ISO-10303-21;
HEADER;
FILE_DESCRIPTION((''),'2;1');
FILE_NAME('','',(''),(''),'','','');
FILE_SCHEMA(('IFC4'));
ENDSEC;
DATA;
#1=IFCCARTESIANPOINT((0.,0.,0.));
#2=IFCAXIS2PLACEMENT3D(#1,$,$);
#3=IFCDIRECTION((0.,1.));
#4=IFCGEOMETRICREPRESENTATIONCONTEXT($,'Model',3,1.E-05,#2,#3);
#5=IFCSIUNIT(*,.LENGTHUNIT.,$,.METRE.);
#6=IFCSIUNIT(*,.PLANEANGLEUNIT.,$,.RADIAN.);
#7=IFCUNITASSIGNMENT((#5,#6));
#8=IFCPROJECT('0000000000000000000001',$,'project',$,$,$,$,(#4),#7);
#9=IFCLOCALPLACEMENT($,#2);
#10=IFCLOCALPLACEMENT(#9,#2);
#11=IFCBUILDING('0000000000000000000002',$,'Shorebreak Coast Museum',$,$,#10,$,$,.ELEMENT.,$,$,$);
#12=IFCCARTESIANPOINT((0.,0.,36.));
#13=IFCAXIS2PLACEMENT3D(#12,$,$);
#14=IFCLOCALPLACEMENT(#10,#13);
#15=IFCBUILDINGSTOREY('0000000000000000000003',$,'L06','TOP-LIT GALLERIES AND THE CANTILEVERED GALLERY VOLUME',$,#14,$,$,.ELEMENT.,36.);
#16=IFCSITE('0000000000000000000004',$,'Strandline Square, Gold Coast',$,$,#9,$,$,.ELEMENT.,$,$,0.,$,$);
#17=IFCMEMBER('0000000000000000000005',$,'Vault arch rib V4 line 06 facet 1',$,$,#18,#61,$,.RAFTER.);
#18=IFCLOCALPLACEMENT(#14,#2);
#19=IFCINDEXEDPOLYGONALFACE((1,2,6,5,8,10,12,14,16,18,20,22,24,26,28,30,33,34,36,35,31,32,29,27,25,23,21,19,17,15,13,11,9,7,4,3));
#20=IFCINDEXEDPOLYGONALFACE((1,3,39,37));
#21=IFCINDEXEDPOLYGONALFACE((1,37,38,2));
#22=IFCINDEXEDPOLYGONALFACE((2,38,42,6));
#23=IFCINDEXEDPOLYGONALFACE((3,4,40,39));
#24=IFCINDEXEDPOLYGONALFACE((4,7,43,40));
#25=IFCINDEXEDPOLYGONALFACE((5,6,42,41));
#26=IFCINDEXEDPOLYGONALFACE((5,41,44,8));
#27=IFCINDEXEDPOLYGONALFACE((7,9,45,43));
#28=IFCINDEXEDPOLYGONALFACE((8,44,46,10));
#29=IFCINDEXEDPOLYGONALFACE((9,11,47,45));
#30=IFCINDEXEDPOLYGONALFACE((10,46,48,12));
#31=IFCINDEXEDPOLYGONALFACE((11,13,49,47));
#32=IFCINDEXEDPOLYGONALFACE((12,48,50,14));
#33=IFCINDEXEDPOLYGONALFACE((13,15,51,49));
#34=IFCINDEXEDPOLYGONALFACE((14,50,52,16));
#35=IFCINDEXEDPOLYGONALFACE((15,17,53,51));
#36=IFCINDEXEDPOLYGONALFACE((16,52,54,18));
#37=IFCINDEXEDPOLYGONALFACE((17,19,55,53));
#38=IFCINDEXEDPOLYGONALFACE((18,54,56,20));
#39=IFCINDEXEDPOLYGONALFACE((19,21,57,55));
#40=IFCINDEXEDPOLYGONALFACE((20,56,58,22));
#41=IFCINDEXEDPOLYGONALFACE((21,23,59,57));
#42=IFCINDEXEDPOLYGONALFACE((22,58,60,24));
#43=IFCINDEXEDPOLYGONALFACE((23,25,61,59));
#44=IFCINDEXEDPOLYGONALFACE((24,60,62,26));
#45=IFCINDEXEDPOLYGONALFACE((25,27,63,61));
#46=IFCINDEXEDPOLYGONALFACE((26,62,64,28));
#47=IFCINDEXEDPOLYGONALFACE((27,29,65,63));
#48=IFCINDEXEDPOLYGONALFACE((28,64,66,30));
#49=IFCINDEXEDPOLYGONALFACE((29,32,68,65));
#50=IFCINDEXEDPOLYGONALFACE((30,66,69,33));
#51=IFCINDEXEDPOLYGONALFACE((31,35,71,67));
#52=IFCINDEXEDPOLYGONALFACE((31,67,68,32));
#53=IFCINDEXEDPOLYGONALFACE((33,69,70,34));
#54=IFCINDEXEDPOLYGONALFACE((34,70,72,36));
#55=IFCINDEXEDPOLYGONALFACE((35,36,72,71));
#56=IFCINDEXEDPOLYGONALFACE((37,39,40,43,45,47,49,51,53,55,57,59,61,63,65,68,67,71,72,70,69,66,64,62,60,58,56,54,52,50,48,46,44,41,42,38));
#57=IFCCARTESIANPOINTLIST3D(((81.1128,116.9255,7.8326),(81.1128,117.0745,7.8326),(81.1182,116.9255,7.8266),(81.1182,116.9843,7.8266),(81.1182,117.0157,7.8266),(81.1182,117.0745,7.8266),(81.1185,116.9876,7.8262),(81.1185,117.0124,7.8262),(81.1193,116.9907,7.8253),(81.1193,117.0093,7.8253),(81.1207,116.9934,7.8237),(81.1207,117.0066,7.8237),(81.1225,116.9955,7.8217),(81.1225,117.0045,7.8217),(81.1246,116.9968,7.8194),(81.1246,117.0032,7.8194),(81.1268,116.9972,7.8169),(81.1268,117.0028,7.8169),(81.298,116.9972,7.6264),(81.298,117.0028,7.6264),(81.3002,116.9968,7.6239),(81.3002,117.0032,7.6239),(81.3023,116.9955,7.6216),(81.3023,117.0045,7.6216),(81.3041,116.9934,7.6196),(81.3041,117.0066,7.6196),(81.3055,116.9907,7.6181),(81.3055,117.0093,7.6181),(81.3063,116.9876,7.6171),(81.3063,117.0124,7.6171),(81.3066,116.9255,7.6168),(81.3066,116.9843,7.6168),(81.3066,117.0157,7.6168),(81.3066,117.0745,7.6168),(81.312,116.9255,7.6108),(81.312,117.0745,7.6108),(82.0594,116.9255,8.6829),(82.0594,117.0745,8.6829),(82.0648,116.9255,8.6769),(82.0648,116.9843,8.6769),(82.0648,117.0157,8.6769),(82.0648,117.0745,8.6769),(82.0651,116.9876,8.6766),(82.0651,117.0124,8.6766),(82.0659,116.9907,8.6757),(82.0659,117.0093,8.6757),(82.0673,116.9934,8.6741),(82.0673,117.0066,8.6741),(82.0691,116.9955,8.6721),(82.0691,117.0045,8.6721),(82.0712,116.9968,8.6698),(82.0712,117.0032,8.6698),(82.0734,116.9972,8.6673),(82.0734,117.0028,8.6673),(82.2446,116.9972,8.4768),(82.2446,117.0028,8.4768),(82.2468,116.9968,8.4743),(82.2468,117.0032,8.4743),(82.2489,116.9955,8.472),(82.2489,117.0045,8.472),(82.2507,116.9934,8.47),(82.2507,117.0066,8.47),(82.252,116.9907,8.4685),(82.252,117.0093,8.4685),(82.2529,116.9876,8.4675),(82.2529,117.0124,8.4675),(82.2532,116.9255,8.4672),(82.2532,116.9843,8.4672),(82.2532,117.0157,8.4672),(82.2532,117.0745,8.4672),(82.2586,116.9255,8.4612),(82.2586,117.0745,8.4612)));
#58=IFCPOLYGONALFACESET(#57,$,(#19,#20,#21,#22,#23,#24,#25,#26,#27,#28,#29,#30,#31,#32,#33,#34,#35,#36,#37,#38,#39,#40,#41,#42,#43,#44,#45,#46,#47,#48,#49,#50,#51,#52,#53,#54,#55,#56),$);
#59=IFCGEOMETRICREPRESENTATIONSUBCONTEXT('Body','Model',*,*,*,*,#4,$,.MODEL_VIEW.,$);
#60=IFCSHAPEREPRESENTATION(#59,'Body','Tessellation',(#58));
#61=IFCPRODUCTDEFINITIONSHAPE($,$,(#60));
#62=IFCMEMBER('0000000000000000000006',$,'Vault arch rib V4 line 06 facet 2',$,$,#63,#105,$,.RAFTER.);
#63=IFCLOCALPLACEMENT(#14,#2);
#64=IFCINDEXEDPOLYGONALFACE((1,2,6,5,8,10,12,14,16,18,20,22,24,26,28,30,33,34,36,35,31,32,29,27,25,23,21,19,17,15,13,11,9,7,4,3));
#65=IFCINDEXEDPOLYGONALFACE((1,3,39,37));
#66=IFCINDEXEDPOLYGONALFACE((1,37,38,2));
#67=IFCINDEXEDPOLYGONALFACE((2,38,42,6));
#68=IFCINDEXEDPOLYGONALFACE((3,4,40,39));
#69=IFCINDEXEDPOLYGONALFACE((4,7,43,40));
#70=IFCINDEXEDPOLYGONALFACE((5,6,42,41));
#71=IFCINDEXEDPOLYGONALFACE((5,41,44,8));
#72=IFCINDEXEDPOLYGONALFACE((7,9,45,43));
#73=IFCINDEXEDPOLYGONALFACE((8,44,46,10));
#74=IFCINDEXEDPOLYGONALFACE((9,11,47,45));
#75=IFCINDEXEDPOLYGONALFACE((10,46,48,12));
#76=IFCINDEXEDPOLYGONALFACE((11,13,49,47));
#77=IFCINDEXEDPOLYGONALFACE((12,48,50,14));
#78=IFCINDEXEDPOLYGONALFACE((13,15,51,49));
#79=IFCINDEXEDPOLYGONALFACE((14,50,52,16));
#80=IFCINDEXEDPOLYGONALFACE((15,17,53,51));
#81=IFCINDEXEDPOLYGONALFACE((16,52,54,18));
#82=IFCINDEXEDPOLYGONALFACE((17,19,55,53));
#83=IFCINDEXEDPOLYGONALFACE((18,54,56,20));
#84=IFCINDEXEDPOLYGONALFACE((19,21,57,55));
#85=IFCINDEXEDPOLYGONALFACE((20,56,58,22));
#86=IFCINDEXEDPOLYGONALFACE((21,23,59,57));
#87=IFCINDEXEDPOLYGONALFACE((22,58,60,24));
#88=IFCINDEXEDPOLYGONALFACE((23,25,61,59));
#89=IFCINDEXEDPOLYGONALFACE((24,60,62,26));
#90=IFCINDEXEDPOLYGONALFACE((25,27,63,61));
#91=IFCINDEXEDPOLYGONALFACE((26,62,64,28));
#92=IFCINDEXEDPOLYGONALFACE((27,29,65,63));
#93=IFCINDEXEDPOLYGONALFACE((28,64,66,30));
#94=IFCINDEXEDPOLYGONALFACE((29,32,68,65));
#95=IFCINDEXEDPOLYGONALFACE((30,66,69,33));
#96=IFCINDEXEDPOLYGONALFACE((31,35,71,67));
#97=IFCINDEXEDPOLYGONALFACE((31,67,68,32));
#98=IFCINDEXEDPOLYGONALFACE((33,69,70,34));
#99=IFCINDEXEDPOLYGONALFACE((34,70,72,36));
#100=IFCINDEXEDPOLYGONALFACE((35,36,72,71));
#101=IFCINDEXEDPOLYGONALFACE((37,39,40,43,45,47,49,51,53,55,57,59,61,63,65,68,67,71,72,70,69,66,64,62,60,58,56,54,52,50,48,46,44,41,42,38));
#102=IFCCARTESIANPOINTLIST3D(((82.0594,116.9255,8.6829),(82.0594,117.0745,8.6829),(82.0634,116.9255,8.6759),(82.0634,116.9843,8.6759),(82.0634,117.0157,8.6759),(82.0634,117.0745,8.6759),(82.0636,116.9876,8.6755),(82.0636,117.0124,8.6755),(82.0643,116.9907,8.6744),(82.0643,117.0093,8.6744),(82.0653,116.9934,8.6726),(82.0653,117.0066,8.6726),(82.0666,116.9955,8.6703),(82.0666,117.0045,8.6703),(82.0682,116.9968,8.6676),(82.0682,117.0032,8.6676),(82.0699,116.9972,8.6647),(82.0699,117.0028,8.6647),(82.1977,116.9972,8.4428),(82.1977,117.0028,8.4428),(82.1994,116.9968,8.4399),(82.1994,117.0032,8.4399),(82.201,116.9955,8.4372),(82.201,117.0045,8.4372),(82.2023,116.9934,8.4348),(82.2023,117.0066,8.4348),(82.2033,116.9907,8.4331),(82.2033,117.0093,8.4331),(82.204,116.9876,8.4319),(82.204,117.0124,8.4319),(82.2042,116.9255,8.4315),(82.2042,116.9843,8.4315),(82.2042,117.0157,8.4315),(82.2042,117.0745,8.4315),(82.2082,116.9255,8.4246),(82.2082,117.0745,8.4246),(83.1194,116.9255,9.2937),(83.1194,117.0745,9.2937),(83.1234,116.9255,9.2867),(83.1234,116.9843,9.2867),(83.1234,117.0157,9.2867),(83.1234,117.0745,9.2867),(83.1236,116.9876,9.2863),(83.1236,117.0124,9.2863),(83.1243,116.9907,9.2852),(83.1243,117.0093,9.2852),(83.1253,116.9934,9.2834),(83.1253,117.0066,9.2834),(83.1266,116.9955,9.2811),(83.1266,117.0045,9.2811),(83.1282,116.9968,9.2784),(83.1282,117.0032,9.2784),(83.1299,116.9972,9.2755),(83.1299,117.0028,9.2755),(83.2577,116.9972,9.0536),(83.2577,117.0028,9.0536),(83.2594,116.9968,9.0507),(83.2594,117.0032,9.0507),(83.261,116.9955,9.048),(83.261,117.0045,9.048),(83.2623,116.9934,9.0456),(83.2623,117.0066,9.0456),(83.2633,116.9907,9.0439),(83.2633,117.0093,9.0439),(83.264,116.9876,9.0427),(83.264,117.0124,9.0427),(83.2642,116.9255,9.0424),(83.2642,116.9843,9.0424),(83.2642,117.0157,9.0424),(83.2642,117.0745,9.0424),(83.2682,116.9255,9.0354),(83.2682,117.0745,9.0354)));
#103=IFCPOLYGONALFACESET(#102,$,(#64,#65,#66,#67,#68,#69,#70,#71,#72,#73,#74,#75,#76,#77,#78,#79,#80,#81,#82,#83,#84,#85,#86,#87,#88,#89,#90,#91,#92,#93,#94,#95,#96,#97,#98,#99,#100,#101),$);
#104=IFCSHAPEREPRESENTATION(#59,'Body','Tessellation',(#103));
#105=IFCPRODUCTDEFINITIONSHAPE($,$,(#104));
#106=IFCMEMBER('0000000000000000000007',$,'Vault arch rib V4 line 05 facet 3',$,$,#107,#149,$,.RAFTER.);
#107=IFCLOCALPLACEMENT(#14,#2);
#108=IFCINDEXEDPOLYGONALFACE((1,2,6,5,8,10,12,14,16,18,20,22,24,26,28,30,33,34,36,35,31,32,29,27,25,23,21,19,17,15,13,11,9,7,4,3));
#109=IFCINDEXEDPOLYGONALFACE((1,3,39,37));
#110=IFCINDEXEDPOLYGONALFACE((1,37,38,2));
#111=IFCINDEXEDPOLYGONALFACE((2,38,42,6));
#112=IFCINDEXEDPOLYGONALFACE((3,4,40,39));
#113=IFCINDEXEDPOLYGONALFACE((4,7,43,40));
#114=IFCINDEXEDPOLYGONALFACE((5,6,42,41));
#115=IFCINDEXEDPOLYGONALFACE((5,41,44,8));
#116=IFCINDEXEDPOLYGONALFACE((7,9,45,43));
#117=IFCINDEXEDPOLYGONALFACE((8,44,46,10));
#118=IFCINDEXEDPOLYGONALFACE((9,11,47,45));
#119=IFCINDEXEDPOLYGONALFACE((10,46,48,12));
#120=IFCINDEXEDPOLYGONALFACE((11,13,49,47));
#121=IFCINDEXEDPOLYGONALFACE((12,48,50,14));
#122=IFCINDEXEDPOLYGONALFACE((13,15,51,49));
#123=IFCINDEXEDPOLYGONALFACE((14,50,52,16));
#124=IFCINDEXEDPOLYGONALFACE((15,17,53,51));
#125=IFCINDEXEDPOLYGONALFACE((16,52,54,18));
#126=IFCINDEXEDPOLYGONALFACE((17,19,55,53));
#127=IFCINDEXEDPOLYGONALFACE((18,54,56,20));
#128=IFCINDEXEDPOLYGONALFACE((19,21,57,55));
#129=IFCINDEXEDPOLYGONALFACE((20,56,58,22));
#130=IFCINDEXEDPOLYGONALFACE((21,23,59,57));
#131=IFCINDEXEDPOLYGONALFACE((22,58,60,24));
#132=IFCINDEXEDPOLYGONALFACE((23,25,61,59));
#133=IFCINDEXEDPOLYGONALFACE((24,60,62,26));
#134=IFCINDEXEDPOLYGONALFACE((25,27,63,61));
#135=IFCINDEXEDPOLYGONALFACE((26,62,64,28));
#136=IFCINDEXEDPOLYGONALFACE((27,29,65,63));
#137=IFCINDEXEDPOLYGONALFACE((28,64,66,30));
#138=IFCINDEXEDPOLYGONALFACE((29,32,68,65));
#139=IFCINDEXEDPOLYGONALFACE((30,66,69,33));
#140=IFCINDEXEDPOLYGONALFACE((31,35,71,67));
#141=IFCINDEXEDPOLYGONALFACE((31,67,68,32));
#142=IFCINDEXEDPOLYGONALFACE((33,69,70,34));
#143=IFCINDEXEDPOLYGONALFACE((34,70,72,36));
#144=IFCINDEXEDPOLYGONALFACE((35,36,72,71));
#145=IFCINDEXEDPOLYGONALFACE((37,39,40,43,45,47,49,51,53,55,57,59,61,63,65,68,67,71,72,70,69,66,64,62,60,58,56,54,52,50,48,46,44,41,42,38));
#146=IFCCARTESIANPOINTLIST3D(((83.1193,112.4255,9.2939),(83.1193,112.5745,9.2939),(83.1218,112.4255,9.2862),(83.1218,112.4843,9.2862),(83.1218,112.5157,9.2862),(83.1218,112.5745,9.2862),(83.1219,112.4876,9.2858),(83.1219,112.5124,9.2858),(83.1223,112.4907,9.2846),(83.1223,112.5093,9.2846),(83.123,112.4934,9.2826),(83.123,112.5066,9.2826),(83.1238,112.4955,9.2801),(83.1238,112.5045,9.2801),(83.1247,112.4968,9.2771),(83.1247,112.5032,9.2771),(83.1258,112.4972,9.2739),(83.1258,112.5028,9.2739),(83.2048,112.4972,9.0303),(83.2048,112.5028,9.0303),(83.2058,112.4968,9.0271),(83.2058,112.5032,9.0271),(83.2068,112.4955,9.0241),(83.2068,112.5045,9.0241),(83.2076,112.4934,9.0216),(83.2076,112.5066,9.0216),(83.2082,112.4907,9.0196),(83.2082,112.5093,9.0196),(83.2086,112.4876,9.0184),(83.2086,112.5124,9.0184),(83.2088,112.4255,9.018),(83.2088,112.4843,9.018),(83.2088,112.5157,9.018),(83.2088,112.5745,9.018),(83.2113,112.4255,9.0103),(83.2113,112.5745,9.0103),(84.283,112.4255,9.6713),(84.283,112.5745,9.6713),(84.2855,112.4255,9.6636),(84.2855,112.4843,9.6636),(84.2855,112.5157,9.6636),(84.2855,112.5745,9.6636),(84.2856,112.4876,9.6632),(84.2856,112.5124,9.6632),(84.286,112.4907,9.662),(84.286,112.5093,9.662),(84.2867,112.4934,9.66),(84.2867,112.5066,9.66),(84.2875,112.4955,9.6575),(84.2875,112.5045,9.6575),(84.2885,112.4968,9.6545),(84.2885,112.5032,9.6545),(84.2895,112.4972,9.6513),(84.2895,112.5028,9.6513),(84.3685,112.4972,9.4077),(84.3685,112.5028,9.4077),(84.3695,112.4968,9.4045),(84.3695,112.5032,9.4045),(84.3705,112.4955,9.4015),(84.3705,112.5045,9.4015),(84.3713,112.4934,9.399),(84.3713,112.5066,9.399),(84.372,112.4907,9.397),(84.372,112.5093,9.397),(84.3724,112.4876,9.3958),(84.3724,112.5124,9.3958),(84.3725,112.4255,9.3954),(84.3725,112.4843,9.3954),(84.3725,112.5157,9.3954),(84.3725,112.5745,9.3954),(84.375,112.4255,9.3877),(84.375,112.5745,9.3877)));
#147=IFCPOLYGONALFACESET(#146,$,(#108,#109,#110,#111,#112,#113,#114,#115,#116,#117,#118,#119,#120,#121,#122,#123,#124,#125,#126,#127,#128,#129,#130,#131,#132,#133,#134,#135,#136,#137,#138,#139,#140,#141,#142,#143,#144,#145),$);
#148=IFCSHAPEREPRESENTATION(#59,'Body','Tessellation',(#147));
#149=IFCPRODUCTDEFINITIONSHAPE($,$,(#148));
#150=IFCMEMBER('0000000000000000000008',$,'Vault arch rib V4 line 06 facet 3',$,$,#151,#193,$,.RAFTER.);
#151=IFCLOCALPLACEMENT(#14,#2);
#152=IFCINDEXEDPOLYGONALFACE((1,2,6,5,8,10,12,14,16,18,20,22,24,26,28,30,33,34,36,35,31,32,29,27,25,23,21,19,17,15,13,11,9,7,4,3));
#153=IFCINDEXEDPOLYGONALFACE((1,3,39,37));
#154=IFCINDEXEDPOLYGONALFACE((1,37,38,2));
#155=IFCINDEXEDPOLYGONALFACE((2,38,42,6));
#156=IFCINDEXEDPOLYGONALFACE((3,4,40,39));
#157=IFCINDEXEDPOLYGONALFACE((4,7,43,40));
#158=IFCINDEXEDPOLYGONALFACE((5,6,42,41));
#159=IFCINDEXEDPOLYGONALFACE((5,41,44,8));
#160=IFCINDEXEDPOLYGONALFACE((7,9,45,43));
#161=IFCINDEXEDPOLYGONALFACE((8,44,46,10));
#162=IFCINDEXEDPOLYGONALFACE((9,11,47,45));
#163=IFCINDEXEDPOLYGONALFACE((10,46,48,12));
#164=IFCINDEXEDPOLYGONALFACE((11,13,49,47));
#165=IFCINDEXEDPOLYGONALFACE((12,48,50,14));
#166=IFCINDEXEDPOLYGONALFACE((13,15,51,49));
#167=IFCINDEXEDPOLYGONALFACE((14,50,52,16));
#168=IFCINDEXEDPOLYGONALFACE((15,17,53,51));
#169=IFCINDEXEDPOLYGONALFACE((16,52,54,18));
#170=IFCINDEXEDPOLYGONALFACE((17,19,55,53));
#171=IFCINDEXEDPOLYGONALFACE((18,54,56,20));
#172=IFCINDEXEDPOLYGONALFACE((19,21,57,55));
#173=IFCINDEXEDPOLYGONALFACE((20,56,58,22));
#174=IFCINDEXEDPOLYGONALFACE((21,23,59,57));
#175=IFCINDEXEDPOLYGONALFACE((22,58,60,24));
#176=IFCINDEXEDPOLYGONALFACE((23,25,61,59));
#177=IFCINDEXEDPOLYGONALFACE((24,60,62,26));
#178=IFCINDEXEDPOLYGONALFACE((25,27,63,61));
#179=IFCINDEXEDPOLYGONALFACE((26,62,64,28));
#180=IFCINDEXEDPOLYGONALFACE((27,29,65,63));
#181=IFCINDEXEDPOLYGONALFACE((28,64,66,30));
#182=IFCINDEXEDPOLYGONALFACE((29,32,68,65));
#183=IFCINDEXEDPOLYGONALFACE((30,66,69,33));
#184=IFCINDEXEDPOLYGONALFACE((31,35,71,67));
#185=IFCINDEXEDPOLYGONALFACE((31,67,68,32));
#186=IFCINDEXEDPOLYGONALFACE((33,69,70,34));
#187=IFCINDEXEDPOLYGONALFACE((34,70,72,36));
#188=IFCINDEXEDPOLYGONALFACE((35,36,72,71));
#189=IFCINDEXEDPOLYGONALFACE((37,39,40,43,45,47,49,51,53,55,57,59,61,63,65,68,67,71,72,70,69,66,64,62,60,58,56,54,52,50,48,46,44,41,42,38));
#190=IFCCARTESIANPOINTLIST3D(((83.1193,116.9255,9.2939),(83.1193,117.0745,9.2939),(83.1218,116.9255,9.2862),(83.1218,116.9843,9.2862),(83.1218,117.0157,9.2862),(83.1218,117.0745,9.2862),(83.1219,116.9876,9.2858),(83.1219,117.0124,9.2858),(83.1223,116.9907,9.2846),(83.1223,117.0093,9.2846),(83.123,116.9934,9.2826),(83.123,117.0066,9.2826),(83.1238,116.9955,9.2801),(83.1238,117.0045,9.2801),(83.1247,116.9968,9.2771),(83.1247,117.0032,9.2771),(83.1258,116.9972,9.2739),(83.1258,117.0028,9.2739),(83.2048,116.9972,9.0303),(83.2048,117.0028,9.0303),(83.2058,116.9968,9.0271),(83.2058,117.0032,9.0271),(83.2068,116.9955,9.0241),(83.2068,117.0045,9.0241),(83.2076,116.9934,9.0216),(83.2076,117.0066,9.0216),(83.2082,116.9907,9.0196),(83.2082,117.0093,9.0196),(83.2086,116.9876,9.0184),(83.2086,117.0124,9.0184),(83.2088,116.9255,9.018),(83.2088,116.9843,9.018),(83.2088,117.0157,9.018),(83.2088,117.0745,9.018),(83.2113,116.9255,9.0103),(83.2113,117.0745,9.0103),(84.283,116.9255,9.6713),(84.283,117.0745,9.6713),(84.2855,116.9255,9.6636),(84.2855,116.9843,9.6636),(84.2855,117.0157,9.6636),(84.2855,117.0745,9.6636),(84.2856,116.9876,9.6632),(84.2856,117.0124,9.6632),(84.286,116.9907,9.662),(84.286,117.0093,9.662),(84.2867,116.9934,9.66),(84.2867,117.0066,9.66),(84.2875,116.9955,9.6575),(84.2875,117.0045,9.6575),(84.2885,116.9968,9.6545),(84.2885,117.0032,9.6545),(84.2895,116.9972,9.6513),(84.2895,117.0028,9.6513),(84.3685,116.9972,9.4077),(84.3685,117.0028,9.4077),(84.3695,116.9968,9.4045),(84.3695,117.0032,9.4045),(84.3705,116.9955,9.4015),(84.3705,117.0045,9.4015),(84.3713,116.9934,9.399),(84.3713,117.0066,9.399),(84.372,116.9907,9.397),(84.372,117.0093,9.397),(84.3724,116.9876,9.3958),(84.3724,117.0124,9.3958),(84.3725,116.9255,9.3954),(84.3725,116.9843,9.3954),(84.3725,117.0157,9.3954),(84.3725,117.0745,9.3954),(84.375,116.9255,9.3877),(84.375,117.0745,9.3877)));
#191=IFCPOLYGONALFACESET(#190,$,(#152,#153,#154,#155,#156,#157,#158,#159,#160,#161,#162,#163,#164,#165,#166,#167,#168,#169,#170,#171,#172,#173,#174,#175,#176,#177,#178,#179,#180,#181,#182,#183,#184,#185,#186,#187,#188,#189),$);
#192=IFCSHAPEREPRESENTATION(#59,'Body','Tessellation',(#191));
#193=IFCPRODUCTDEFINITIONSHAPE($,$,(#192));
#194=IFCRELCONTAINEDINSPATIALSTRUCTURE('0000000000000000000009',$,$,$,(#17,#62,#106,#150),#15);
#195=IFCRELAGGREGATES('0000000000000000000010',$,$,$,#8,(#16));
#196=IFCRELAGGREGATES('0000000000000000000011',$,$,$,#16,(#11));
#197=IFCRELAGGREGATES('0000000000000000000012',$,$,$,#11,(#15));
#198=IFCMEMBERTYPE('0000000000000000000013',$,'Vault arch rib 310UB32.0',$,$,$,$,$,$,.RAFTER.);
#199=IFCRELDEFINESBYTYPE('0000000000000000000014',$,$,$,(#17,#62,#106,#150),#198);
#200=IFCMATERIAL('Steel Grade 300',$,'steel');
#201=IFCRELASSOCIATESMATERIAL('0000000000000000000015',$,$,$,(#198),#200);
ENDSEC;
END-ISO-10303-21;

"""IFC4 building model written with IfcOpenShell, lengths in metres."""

from ifc_helpers import new_model, si_unit, direction, frame, origin, origin_2d, place, context, subcontext, project, spatial, i_section, extrude, material, material_profile, profile_set, type_object, element, save


model = new_model("IFC4")

# Units and contexts
model_context = context("Model", 3, precision=1e-05, world=origin(), true_north=direction((0.0, 1.0)))
body_context = subcontext(model_context, "Body", "Model", "MODEL_VIEW")
ifc_project = project(units=[si_unit("LENGTHUNIT", "METRE"), si_unit("PLANEANGLEUNIT", "RADIAN")], contexts=[model_context])

# Site, building, storey
site_placement = place(None, origin())
site = spatial("IfcSite", under=ifc_project, at=site_placement, Name="Strandline Square, Gold Coast", CompositionType="ELEMENT", RefElevation=0.0)
building_placement = place(site_placement, origin())
building = spatial("IfcBuilding", under=site, at=building_placement, Name="Shorebreak Coast Museum", CompositionType="ELEMENT")
storey_placement = place(building_placement, frame((0.0, 0.0, 36.0)))
storey = spatial("IfcBuildingStorey", under=building, at=storey_placement, Name="L06", Description="TOP-LIT GALLERIES AND THE CANTILEVERED GALLERY VOLUME", CompositionType="ELEMENT", Elevation=36.0)

# Members
ifc_material_1 = material(Name="Steel Grade 300", Category="steel")
ifc_material_profile_1 = material_profile(ifc_material_1, i_section(OverallWidth=0.1489, OverallDepth=0.2981, WebThickness=0.0056, FlangeThickness=0.0081, FilletRadius=0.0129, at=origin_2d()), Name="310UB32.0")
ifc_profile_set_1 = profile_set([ifc_material_profile_1], Name="Steel Grade 300")
member_type_1 = type_object("IfcMemberType", Name="Vault arch rib 310UB32.0", PredefinedType="RAFTER", material=ifc_profile_set_1)
for number, where, z_axis, x_axis, name in (
    (1, (81.2124, 117.0, 7.7217), (0.743895, 0.0, 0.668297), (0.0, 1.0, 0.0), "Vault arch rib V4 line 06 facet 1"),
):
    element("IfcMember", number, at=place(storey_placement, frame(where, z_axis=z_axis, x_axis=x_axis)), inside=storey, type_object=member_type_1, Name=name, PredefinedType="RAFTER", context=body_context, shape_type="SweptSolid", body=[
        extrude(i_section(OverallWidth=0.1489, OverallDepth=0.2981, WebThickness=0.0056, FlangeThickness=0.0081, FilletRadius=0.0129, at=origin_2d()), origin(), (0.0, 0.0, 1.0), 1.2725),
    ])
for number, where, z_axis, x_axis, name in (
    (2, (82.1338, 117.0, 8.5537), (0.866445, 0.0, 0.499273), (0.0, 1.0, 0.0), "Vault arch rib V4 line 06 facet 2"),
    (3, (83.1653, 112.5, 9.1521), (0.951226, 0.0, 0.308495), (0.0, 1.0, 0.0), "Vault arch rib V4 line 05 facet 3"),
    (4, (83.1653, 117.0, 9.1521), (0.951226, 0.0, 0.308495), (0.0, 1.0, 0.0), "Vault arch rib V4 line 06 facet 3"),
):
    element("IfcMember", number, at=place(storey_placement, frame(where, z_axis=z_axis, x_axis=x_axis)), inside=storey, type_object=member_type_1, Name=name, PredefinedType="RAFTER", context=body_context, shape_type="SweptSolid", body=[
        extrude(i_section(OverallWidth=0.1489, OverallDepth=0.2981, WebThickness=0.0056, FlangeThickness=0.0081, FilletRadius=0.0129, at=origin_2d()), origin(), (0.0, 0.0, 1.0), 1.2234),
    ])

save(model, "model.ifc")
